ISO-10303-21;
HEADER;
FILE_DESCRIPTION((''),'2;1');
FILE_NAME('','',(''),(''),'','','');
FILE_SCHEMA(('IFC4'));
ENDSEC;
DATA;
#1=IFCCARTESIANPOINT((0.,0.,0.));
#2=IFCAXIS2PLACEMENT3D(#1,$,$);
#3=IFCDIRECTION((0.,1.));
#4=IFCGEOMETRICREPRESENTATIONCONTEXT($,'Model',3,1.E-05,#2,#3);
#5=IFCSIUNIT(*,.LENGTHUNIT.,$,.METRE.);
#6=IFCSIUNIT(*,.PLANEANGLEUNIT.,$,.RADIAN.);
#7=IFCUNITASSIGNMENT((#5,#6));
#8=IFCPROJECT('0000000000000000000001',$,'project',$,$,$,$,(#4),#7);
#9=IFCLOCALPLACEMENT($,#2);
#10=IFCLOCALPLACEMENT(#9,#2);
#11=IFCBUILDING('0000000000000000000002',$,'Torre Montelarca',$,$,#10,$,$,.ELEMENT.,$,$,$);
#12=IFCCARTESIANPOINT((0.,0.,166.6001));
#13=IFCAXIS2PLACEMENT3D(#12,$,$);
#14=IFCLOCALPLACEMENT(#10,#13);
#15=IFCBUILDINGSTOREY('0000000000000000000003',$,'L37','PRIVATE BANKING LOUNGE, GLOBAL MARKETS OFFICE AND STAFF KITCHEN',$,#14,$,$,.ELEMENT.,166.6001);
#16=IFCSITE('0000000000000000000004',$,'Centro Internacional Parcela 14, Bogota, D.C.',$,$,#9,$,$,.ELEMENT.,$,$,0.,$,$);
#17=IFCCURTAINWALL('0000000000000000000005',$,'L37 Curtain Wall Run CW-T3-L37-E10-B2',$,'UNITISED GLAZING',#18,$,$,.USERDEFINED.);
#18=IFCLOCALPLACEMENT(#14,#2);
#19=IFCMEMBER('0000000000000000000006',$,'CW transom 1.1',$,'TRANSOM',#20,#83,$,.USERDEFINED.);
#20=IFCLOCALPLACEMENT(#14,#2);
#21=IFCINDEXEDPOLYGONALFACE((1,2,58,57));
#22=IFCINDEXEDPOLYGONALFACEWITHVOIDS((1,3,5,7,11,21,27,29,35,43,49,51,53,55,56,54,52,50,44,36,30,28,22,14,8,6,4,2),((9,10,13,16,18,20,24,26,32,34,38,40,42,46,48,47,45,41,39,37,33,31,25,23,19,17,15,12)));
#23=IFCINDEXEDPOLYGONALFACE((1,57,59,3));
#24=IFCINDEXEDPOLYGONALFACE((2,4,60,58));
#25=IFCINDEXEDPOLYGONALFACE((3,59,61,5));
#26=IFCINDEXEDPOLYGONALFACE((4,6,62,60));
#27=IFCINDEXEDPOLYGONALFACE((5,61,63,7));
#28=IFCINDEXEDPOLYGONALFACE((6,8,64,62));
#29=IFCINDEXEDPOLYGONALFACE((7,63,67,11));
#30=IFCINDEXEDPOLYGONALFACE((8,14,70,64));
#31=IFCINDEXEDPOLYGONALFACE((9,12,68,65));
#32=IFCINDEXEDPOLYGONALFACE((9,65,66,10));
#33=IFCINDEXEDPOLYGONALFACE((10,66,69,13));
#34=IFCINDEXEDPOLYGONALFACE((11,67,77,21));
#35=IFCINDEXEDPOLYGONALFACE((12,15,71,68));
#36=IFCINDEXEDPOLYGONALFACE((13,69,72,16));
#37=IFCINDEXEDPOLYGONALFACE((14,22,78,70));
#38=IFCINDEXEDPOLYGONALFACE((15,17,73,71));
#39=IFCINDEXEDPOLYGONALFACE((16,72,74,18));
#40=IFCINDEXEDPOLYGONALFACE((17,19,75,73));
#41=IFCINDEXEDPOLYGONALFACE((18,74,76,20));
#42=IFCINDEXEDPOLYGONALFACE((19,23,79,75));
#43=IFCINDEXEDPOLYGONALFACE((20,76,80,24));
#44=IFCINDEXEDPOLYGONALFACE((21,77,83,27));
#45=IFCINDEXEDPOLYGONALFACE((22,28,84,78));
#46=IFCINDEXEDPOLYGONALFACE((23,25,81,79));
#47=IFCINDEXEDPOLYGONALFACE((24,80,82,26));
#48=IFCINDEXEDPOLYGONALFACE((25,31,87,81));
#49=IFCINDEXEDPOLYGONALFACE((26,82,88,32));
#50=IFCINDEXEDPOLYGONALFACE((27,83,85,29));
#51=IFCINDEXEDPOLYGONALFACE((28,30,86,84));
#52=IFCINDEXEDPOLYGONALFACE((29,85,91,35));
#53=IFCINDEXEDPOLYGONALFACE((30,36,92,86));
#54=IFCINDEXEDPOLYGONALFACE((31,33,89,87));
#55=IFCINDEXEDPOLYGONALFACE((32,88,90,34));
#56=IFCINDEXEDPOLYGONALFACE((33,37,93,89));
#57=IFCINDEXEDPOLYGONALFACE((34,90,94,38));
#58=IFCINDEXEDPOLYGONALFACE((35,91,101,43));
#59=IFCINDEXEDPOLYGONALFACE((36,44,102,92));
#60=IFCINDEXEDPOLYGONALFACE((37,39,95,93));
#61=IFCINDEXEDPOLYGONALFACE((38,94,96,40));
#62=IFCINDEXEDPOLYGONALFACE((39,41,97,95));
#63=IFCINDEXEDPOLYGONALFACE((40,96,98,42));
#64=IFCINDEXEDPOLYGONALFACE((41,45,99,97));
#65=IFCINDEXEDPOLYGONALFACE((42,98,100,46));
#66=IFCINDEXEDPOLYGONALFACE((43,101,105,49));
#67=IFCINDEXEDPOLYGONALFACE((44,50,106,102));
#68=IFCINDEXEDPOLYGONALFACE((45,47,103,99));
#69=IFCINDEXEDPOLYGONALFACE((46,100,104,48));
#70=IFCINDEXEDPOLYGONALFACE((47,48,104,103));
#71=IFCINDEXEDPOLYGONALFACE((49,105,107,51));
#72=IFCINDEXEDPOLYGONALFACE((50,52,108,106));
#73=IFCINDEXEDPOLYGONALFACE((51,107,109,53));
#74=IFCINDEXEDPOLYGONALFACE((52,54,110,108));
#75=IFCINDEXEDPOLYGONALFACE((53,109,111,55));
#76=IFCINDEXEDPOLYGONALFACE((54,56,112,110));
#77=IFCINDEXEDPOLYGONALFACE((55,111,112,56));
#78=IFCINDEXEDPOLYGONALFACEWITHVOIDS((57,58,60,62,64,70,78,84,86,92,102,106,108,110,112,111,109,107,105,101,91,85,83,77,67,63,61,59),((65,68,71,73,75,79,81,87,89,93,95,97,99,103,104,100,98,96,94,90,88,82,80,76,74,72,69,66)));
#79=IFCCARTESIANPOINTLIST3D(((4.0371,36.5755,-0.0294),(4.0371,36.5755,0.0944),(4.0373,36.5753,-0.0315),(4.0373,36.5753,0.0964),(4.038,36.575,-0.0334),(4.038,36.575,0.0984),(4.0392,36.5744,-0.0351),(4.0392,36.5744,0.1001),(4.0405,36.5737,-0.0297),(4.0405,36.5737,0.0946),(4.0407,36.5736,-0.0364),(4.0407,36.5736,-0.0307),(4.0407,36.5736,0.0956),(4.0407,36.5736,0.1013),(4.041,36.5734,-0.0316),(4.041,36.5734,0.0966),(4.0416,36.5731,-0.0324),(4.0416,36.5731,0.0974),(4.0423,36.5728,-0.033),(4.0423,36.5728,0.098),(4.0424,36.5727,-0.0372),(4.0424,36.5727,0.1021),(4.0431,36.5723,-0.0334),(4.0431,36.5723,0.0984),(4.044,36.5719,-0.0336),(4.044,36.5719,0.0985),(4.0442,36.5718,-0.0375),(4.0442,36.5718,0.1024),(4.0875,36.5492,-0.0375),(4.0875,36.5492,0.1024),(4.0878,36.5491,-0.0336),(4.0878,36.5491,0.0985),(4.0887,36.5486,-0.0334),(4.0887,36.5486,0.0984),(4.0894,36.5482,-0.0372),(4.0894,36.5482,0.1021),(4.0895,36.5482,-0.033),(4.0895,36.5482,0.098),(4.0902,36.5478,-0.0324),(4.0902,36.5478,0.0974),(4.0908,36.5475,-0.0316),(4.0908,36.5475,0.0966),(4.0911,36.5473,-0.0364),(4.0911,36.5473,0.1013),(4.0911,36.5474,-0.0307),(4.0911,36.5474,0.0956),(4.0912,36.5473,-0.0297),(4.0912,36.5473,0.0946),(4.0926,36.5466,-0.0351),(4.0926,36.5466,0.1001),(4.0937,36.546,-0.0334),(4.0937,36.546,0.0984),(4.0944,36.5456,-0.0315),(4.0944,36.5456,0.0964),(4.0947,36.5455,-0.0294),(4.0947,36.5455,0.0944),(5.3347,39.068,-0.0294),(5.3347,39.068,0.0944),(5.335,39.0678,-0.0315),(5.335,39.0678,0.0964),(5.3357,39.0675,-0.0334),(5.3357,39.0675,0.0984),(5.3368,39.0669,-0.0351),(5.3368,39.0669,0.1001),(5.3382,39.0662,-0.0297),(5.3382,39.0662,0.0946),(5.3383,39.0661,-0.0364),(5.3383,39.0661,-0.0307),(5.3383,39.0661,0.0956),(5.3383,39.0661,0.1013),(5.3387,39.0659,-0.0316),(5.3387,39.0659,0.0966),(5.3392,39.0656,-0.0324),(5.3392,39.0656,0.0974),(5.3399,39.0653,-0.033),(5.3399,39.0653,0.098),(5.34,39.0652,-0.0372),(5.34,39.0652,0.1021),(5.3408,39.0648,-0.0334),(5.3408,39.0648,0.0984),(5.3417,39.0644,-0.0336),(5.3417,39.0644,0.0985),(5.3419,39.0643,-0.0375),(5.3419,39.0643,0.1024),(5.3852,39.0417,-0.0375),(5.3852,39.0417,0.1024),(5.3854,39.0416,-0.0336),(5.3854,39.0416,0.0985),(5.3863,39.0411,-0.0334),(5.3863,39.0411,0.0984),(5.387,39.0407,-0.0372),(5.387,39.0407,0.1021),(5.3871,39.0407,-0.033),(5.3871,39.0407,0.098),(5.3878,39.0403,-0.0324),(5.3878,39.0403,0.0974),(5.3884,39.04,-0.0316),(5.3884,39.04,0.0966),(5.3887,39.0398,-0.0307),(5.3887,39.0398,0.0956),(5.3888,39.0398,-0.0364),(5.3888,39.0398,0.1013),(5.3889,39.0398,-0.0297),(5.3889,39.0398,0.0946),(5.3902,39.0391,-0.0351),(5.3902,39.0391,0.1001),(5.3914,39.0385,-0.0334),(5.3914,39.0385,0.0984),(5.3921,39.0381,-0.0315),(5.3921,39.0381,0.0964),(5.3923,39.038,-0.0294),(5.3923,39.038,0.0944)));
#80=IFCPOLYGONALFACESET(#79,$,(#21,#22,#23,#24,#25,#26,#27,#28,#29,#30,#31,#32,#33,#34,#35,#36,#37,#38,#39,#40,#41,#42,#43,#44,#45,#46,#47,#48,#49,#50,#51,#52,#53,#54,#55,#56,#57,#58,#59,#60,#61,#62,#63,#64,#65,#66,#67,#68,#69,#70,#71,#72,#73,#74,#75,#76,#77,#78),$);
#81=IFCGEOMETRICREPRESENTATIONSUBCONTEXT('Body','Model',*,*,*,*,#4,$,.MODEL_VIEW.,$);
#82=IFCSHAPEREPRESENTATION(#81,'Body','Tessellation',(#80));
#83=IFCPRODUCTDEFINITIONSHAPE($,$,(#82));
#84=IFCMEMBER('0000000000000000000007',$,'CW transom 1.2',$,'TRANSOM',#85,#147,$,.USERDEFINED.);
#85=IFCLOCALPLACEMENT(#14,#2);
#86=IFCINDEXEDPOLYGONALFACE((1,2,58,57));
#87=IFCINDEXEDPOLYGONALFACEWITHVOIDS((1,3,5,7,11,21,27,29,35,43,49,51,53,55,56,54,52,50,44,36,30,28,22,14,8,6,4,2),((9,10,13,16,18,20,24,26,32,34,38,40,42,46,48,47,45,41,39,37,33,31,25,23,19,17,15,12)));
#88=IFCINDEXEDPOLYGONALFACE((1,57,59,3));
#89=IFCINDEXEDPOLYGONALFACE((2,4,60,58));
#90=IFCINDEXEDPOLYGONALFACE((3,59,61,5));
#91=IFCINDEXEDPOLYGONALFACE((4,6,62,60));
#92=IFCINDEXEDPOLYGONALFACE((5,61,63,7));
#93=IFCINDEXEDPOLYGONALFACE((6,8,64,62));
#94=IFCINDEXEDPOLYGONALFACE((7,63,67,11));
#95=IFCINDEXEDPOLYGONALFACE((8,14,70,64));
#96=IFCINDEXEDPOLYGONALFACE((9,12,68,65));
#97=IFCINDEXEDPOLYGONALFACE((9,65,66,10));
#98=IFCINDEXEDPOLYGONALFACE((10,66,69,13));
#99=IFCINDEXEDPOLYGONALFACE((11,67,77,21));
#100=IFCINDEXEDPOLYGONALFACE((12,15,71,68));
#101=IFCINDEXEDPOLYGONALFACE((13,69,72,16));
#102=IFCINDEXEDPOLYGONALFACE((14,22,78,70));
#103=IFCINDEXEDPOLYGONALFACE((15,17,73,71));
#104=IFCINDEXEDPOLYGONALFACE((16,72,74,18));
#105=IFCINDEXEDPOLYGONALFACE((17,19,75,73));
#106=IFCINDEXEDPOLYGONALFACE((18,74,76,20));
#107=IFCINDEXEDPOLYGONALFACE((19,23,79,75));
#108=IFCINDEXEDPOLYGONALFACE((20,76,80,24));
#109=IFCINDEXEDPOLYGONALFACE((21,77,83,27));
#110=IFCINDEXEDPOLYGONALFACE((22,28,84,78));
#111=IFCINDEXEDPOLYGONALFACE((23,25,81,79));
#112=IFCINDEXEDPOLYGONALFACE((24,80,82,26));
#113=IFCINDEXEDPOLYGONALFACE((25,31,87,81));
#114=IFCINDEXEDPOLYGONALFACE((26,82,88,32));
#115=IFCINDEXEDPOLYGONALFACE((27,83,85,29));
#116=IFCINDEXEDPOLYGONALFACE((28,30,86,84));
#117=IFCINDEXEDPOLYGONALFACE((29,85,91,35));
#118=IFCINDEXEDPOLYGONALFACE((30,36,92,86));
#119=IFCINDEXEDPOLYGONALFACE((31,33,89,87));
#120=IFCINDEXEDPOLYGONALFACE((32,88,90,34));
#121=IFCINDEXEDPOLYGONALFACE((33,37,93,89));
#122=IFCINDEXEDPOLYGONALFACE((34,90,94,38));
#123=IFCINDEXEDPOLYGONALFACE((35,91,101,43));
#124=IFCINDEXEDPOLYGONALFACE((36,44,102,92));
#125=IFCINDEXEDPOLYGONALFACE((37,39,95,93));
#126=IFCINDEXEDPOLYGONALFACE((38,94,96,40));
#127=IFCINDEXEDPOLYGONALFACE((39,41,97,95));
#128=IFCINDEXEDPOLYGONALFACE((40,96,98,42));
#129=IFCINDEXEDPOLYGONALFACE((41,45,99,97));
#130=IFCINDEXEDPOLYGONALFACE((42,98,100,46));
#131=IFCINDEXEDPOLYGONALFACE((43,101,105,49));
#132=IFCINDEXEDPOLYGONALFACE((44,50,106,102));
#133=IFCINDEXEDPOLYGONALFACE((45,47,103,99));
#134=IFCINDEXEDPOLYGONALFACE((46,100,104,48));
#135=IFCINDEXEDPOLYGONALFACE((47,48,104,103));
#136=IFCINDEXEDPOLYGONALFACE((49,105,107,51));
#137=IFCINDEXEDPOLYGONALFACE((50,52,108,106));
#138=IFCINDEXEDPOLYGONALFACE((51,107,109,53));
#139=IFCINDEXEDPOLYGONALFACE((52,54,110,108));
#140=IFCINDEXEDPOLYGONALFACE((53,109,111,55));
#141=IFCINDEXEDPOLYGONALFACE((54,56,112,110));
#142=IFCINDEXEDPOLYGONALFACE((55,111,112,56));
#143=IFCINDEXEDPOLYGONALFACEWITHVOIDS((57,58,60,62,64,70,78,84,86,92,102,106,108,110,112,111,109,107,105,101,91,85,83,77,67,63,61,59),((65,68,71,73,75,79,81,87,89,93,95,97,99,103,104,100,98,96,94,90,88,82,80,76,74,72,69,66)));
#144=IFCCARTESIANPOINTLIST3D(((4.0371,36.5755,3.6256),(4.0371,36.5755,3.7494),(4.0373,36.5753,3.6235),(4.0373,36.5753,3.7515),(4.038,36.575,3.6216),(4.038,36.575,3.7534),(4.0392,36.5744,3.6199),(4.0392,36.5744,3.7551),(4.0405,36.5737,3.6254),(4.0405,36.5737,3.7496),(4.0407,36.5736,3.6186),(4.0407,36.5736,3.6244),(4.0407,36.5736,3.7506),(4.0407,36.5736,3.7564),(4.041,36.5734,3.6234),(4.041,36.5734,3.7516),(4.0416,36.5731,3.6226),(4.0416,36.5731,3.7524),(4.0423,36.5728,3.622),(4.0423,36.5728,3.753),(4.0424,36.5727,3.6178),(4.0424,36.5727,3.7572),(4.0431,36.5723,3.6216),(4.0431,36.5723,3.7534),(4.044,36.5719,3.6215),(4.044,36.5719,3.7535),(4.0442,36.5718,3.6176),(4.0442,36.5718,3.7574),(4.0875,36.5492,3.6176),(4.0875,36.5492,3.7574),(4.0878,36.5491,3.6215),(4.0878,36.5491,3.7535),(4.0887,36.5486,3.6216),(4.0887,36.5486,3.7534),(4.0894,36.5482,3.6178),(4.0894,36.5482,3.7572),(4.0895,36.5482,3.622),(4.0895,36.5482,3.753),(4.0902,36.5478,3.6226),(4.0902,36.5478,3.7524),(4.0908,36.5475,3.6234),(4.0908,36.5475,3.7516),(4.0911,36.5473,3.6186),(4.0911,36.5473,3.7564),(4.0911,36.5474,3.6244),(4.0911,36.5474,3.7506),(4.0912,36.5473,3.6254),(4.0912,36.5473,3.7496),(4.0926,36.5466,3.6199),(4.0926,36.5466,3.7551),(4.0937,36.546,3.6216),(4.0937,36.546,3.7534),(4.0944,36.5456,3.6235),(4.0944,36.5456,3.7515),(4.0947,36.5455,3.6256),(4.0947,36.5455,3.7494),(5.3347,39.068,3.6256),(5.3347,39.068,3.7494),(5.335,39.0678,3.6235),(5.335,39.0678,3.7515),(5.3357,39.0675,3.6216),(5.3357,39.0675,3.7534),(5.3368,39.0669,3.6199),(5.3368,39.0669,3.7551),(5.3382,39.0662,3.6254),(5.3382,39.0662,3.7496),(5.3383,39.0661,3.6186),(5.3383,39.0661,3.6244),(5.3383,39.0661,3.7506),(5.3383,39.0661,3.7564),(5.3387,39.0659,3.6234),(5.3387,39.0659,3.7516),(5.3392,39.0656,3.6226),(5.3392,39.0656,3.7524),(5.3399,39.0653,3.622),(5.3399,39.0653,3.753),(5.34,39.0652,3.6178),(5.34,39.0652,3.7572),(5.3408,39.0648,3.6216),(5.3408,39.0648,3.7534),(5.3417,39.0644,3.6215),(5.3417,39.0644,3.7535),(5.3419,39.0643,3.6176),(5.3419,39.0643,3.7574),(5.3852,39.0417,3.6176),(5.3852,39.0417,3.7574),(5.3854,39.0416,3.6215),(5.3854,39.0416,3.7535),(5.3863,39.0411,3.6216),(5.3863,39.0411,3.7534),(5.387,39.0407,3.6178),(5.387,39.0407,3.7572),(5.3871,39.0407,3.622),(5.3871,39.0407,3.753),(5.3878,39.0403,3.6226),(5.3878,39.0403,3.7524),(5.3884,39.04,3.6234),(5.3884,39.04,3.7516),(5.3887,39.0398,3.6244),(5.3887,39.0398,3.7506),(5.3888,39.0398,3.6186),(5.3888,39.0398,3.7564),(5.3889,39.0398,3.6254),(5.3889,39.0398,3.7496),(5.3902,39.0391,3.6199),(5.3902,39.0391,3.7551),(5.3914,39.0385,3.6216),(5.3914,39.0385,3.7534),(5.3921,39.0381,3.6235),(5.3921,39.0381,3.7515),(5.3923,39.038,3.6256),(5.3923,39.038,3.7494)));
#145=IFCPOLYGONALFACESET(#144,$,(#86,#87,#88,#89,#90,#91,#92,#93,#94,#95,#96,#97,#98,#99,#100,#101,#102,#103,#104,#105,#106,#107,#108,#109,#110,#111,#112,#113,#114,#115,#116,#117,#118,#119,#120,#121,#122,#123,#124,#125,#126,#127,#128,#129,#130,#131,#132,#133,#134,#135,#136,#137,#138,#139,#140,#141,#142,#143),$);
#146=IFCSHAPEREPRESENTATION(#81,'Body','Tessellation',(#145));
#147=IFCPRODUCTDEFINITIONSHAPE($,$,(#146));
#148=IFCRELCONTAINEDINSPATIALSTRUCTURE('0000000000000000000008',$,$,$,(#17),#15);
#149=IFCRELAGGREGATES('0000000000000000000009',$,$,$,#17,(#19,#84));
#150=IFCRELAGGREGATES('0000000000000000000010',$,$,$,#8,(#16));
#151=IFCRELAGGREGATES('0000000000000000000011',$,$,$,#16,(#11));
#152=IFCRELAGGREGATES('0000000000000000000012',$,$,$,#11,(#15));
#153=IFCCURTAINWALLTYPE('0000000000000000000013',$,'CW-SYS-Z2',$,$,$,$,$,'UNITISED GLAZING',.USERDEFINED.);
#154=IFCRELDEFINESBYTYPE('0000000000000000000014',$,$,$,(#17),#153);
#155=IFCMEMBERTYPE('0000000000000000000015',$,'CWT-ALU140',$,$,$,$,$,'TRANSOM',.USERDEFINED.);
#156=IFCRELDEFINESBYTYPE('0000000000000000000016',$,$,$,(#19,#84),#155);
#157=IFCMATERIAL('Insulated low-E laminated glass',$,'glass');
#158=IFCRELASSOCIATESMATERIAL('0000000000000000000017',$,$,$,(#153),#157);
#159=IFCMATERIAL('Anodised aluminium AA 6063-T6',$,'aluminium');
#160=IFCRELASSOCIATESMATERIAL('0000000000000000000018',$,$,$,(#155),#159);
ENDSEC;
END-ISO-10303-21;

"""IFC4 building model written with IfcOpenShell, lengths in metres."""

from ifc_helpers import new_model, si_unit, direction, frame, origin, origin_2d, place, context, subcontext, project, spatial, hollow_rectangle, extrude, source, transform, mapped, material, material_profile, profile_set, type_object, element, aggregate, save


model = new_model("IFC4")

# Units and contexts
model_context = context("Model", 3, precision=1e-05, world=origin(), true_north=direction((0.0, 1.0)))
body_context = subcontext(model_context, "Body", "Model", "MODEL_VIEW")
ifc_project = project(units=[si_unit("LENGTHUNIT", "METRE"), si_unit("PLANEANGLEUNIT", "RADIAN")], contexts=[model_context])

# Site, building, storey
site_placement = place(None, origin())
site = spatial("IfcSite", under=ifc_project, at=site_placement, Name="Centro Internacional Parcela 14, Bogota, D.C.", CompositionType="ELEMENT", RefElevation=0.0)
building_placement = place(site_placement, origin())
building = spatial("IfcBuilding", under=site, at=building_placement, Name="Torre Montelarca", CompositionType="ELEMENT")
storey_placement = place(building_placement, frame((0.0, 0.0, 166.6001)))
storey = spatial("IfcBuildingStorey", under=building, at=storey_placement, Name="L37", Description="PRIVATE BANKING LOUNGE, GLOBAL MARKETS OFFICE AND STAFF KITCHEN", CompositionType="ELEMENT", Elevation=166.6001)

# Curtain wall
ifc_material_1 = material(Name="Insulated low-E laminated glass", Category="glass")
curtain_wall_type = type_object("IfcCurtainWallType", Name="CW-SYS-Z2", ElementType="UNITISED GLAZING", PredefinedType="USERDEFINED", material=ifc_material_1)
curtain_wall_1_placement = place(storey_placement, origin())
curtain_wall_1 = element("IfcCurtainWall", 1, at=curtain_wall_1_placement, inside=storey, type_object=curtain_wall_type, Name="L37 Curtain Wall Run CW-T3-L37-E10-B2", ObjectType="UNITISED GLAZING", PredefinedType="USERDEFINED")
ifc_material_2 = material(Name="Anodised aluminium AA 6063-T6", Category="aluminium")

# Members
ifc_material_profile_1 = material_profile(ifc_material_2, hollow_rectangle(XDim=0.0649, YDim=0.1399, WallThickness=0.0039, InnerFilletRadius=0.0039, OuterFilletRadius=0.0081, at=origin_2d()), Name="ALU65X140X4", Category="aluminium")
ifc_profile_set_1 = profile_set([ifc_material_profile_1], Name="Anodised aluminium AA 6063-T6")
member_type_1 = type_object("IfcMemberType", Name="CWT-ALU140", ElementType="TRANSOM", PredefinedType="USERDEFINED", material=ifc_profile_set_1)
shared_shape_1 = source(origin(), body_context, "Body", "SweptSolid", [
    extrude(hollow_rectangle(XDim=0.0649, YDim=0.1399, WallThickness=0.0039, InnerFilletRadius=0.0039, OuterFilletRadius=0.0081, at=origin_2d()), origin(), (0.0, 0.0, 1.0), 2.8101),
])
member_1_placement = place(storey_placement, frame((5.3635, 39.053, 0.0325), z_axis=(-0.461785, -0.886992, 0.0), x_axis=(0.886992, -0.461785, 0.0)))
member_1 = element("IfcMember", 2, at=member_1_placement, type_object=member_type_1, Name="CW transom 1.1", ObjectType="TRANSOM", PredefinedType="USERDEFINED", context=body_context, shape_type="MappedRepresentation", body=[
    mapped(shared_shape_1, transform((0.0, 0.0, 0.0), scale=1.0)),
])
member_2_placement = place(storey_placement, frame((5.3635, 39.053, 3.6875), z_axis=(-0.461785, -0.886992, 0.0), x_axis=(0.886992, -0.461785, 0.0)))
member_2 = element("IfcMember", 3, at=member_2_placement, type_object=member_type_1, Name="CW transom 1.2", ObjectType="TRANSOM", PredefinedType="USERDEFINED", context=body_context, shape_type="MappedRepresentation", body=[
    mapped(shared_shape_1, transform((0.0, 0.0, 0.0), scale=1.0)),
])

aggregate(curtain_wall_1, [member_1, member_2])

save(model, "model.ifc")
